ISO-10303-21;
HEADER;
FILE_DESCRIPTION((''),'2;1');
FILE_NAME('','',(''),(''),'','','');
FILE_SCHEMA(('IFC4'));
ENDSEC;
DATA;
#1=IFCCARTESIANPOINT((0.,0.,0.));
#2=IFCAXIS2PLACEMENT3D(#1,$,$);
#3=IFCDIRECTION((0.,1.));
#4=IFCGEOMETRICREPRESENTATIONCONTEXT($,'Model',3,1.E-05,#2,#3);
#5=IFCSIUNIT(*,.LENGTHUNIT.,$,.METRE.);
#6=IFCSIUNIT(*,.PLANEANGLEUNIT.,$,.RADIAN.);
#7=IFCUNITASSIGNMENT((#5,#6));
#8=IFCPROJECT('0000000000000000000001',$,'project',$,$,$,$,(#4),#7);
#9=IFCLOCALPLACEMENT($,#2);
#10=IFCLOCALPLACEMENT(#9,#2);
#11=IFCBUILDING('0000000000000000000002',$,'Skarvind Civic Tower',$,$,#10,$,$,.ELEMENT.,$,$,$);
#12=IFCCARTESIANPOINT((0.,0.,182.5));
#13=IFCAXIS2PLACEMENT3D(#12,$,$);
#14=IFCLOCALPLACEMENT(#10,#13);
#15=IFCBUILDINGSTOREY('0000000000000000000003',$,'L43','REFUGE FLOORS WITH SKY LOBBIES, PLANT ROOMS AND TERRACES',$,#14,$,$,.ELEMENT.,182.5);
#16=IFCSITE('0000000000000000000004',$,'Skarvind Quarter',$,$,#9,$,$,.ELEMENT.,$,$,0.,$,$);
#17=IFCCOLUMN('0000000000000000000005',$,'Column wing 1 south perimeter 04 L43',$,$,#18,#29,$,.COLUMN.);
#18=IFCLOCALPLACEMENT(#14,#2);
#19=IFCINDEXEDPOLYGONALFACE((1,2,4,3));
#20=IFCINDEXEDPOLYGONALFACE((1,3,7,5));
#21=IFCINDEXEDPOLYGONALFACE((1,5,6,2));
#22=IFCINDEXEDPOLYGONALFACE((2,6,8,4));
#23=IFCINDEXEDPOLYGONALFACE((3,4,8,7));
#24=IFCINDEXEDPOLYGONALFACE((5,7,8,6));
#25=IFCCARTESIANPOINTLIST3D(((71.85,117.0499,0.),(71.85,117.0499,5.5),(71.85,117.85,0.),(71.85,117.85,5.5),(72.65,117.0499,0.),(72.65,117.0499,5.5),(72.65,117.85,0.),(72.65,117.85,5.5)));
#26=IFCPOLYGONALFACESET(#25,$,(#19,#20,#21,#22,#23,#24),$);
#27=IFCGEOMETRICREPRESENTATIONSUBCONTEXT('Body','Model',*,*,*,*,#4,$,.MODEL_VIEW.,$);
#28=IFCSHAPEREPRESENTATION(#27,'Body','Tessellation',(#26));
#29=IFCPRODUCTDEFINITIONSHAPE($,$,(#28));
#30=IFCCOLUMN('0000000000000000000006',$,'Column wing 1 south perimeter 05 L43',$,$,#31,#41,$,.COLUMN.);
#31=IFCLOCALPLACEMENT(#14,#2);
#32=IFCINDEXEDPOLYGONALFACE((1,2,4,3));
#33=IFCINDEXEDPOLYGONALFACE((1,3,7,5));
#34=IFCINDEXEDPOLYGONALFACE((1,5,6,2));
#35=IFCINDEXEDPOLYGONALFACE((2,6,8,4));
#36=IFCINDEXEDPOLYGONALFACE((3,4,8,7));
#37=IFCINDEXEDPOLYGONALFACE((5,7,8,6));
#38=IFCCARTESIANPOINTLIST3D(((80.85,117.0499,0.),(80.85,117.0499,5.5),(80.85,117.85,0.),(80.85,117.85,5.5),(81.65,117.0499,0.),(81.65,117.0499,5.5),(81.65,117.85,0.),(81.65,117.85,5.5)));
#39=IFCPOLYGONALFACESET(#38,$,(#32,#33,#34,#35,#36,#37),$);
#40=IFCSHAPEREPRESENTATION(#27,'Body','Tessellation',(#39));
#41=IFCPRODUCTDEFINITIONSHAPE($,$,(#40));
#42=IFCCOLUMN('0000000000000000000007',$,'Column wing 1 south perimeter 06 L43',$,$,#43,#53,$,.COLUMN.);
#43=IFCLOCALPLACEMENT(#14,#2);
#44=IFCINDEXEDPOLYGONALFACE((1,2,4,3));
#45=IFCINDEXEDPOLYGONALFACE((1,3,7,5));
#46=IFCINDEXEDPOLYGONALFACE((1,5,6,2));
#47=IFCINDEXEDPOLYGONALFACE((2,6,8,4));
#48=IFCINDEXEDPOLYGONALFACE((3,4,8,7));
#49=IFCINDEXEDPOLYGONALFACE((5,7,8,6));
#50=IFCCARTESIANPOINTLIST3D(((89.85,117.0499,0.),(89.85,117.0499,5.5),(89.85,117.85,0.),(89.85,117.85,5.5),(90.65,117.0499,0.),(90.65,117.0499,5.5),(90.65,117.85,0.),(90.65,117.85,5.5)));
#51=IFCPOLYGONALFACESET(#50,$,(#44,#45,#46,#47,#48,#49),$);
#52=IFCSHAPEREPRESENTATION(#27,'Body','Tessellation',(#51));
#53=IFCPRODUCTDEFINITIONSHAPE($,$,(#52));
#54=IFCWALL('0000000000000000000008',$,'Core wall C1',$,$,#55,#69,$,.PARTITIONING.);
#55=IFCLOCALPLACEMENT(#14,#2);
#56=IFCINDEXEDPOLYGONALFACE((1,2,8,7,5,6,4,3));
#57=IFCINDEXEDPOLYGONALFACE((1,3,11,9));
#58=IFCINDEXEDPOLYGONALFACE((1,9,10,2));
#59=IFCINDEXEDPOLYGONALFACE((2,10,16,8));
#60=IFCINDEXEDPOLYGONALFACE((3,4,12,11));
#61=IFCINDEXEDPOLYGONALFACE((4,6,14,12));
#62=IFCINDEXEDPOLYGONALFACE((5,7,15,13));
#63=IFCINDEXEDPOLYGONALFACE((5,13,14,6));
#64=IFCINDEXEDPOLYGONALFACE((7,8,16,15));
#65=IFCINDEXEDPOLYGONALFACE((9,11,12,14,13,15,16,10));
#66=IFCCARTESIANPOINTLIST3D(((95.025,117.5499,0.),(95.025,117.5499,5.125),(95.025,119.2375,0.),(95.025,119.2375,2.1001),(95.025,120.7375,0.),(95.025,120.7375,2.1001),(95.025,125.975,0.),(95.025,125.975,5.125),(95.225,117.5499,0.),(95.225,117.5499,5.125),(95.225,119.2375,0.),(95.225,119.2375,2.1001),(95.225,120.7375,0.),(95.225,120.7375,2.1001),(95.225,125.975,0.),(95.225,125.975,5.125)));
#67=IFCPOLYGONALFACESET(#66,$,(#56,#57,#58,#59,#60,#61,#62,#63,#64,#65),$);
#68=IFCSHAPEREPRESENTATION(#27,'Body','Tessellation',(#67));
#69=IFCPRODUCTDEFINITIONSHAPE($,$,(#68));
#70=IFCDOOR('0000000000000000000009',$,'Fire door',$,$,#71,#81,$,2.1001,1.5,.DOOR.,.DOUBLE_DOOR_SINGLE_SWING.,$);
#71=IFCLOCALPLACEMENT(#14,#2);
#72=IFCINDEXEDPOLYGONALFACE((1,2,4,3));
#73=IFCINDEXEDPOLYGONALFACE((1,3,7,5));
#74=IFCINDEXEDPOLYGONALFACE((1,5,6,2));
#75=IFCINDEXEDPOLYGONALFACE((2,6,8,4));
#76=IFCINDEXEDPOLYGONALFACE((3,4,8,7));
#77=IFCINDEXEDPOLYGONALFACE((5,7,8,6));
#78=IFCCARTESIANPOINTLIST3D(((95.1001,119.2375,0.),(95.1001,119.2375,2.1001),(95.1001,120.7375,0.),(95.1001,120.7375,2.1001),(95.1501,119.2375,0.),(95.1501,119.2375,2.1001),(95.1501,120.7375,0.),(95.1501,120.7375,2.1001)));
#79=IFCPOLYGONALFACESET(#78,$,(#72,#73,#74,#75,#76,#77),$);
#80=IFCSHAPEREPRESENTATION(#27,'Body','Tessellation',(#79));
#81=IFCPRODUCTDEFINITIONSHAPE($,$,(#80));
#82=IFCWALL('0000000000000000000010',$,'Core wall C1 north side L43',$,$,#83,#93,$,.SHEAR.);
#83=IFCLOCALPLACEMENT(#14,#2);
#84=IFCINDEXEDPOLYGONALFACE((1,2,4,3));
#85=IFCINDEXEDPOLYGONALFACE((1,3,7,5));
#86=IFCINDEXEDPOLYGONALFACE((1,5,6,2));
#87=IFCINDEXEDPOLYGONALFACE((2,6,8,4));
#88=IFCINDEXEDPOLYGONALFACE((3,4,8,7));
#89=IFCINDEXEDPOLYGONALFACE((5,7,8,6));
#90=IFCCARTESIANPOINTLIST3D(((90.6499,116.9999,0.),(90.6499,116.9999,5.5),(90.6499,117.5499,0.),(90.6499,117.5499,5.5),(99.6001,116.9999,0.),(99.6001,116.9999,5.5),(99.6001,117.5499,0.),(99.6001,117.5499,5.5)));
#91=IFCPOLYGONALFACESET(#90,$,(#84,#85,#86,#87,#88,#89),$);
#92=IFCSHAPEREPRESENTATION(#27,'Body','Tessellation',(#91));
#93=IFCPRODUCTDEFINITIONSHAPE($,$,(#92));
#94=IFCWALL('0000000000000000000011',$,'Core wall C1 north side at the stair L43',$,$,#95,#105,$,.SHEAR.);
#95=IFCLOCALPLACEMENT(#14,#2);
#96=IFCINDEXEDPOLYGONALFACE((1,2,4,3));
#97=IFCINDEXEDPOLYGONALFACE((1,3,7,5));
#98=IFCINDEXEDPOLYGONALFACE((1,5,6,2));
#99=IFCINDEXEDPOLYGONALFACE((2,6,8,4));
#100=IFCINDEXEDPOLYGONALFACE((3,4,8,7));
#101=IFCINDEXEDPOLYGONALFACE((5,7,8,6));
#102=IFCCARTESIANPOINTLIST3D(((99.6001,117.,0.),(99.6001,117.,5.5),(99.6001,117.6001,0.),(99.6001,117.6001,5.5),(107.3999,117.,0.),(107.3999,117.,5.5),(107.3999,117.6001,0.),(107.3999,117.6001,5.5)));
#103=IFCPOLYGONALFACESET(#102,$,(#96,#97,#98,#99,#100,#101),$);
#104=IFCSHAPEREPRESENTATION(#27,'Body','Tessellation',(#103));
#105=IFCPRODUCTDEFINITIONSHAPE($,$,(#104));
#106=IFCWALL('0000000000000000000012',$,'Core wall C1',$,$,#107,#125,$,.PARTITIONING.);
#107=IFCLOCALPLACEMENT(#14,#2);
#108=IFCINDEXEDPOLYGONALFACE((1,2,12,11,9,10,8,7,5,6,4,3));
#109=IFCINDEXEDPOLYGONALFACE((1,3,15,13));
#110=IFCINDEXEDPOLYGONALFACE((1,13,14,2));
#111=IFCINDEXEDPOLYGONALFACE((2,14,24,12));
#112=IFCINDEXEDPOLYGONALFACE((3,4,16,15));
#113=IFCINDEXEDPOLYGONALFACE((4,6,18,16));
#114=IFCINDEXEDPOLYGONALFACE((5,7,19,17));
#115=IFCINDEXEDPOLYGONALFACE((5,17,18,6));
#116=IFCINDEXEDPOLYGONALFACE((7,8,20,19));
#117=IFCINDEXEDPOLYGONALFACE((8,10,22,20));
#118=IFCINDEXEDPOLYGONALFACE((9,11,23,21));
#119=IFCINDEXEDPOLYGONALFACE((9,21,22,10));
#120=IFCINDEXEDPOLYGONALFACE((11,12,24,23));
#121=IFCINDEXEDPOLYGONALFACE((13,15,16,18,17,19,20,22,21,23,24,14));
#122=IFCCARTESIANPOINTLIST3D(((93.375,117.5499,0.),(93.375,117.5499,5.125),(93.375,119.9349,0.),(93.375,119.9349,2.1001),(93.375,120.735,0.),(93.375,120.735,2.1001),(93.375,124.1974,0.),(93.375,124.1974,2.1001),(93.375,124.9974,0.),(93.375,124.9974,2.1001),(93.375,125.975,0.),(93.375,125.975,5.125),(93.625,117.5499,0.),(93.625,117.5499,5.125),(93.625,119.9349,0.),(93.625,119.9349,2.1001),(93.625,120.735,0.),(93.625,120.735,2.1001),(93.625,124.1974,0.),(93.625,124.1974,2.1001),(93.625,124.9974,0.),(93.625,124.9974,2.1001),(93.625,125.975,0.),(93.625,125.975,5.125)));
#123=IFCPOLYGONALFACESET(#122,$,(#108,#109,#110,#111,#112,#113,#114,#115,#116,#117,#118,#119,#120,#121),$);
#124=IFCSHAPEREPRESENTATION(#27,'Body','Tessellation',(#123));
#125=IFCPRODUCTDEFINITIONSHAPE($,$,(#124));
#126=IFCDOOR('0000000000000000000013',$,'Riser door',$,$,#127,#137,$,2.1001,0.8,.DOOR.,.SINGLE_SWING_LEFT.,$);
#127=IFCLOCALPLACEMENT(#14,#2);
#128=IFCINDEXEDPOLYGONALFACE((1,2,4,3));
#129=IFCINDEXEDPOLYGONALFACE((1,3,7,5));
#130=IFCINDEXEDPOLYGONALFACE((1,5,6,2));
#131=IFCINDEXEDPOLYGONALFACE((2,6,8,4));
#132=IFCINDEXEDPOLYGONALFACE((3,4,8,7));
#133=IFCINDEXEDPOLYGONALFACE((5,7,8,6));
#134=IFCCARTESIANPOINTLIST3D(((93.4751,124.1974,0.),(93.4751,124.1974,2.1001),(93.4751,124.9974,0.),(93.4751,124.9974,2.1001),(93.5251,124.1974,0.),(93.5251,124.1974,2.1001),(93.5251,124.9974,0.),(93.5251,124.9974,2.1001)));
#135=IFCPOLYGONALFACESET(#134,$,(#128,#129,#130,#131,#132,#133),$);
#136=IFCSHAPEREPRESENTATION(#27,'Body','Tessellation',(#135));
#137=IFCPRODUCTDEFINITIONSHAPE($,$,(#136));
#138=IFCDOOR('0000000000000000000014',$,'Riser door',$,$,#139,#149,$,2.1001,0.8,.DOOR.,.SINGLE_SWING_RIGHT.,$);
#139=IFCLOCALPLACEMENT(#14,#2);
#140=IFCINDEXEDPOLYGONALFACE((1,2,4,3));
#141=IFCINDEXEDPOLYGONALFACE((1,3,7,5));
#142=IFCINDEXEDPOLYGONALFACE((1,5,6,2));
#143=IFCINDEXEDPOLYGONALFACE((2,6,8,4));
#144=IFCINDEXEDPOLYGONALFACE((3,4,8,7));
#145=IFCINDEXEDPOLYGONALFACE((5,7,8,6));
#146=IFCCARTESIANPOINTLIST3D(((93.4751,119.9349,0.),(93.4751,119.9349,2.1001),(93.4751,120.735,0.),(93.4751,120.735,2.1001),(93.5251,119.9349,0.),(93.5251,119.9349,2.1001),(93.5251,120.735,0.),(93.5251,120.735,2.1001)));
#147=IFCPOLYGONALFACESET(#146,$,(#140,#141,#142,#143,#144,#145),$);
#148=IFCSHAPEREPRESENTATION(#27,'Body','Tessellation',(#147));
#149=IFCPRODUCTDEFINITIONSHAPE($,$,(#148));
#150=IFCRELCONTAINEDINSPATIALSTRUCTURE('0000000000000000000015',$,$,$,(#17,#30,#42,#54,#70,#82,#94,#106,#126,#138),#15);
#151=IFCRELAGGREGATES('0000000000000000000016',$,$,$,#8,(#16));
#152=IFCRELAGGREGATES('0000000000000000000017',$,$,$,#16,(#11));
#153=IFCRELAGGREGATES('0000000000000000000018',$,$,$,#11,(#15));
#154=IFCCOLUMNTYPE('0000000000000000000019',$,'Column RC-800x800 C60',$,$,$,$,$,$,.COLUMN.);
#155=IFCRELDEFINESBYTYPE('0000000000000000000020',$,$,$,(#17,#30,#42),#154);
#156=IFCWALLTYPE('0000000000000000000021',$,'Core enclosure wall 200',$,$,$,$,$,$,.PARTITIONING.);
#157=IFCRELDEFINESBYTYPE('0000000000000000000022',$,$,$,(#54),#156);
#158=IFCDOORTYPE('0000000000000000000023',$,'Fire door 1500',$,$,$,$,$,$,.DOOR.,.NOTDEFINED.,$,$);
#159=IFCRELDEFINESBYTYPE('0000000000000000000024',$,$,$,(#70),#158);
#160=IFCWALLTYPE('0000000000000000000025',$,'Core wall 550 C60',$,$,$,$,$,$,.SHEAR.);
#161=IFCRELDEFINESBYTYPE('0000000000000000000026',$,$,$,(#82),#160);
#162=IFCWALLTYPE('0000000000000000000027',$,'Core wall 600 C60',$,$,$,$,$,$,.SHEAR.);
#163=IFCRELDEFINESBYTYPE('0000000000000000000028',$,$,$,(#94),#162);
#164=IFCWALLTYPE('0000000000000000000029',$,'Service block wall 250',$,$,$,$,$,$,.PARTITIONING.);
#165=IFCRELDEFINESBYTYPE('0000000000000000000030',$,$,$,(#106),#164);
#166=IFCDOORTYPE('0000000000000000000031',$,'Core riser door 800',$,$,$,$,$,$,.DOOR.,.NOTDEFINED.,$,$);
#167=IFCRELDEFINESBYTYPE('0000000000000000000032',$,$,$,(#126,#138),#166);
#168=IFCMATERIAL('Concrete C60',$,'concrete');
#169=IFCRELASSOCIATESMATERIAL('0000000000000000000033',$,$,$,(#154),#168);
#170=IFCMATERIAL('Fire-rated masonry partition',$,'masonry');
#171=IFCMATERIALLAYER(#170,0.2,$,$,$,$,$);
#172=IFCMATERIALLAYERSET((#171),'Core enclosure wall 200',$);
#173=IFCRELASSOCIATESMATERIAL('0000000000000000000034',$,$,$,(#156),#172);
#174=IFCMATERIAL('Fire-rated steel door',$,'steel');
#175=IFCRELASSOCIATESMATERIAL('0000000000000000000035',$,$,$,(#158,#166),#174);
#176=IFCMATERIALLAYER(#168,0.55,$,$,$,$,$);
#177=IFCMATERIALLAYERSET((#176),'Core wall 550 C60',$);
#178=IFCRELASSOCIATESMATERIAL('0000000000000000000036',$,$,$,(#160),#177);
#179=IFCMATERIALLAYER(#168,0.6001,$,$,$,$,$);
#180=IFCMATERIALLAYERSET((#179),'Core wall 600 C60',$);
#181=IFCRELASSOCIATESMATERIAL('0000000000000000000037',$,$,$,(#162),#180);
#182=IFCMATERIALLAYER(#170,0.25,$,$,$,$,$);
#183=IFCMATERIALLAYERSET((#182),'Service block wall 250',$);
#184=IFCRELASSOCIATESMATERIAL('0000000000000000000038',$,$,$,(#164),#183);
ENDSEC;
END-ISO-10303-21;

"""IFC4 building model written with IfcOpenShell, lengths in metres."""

from ifc_helpers import new_model, si_unit, direction, frame, frame_2d, origin, origin_2d, place, context, subcontext, project, spatial, rectangle, extrude, material, layer, layer_set, material_profile, profile_set, type_object, element, fill, save


model = new_model("IFC4")

# Units and contexts
model_context = context("Model", 3, precision=1e-05, world=origin(), true_north=direction((0.0, 1.0)))
body_context = subcontext(model_context, "Body", "Model", "MODEL_VIEW")
ifc_project = project(units=[si_unit("LENGTHUNIT", "METRE"), si_unit("PLANEANGLEUNIT", "RADIAN")], contexts=[model_context])

# Site, building, storey
site_placement = place(None, origin())
site = spatial("IfcSite", under=ifc_project, at=site_placement, Name="Skarvind Quarter", CompositionType="ELEMENT", RefElevation=0.0)
building_placement = place(site_placement, origin())
building = spatial("IfcBuilding", under=site, at=building_placement, Name="Skarvind Civic Tower", CompositionType="ELEMENT")
storey_placement = place(building_placement, frame((0.0, 0.0, 182.5)))
storey = spatial("IfcBuildingStorey", under=building, at=storey_placement, Name="L43", Description="REFUGE FLOORS WITH SKY LOBBIES, PLANT ROOMS AND TERRACES", CompositionType="ELEMENT", Elevation=182.5)

# Columns
ifc_material_1 = material(Name="Concrete C60", Category="concrete")
ifc_material_profile = material_profile(ifc_material_1, rectangle(XDim=0.8, YDim=0.8, at=origin_2d()), Name="RC-800x800")
ifc_profile_set = profile_set([ifc_material_profile], Name="Concrete C60")
column_type = type_object("IfcColumnType", Name="Column RC-800x800 C60", PredefinedType="COLUMN", material=ifc_profile_set)
for number, where, z_axis, x_axis, name in (
    (1, (72.25, 117.45, 0.0), (0.0, 0.0, 1.0), (1.0, 0.0, 0.0), "Column wing 1 south perimeter 04 L43"),
    (2, (81.25, 117.45, 0.0), (0.0, 0.0, 1.0), (1.0, 0.0, 0.0), "Column wing 1 south perimeter 05 L43"),
    (3, (90.25, 117.45, 0.0), (0.0, 0.0, 1.0), (1.0, 0.0, 0.0), "Column wing 1 south perimeter 06 L43"),
):
    element("IfcColumn", number, at=place(storey_placement, frame(where, z_axis=z_axis, x_axis=x_axis)), inside=storey, type_object=column_type, Name=name, PredefinedType="COLUMN", context=body_context, shape_type="SweptSolid", body=[
        extrude(rectangle(XDim=0.8, YDim=0.8, at=origin_2d()), origin(), (0.0, 0.0, 1.0), 5.5),
    ])

# Wall, opening, door
ifc_material_2 = material(Name="Fire-rated masonry partition", Category="masonry")
ifc_layer_1 = layer(ifc_material_2, 0.2)
ifc_layer_set_1 = layer_set([ifc_layer_1], Name="Core enclosure wall 200")
wall_type_1 = type_object("IfcWallType", Name="Core enclosure wall 200", PredefinedType="PARTITIONING", material=ifc_layer_set_1)
wall_1_placement = place(storey_placement, frame((95.125, 117.55, 0.0), z_axis=(0.0, 0.0, 1.0), x_axis=(0.0, 1.0, 0.0)))
wall_1 = element("IfcWall", 4, at=wall_1_placement, inside=storey, type_object=wall_type_1, Name="Core wall C1", PredefinedType="PARTITIONING", context=body_context, shape_type="SweptSolid", body=[
    extrude(rectangle(XDim=8.425, YDim=0.2, at=frame_2d((4.2124, 0.0))), origin(), (0.0, 0.0, 1.0), 5.125),
])
opening_1_placement = place(wall_1_placement, frame((1.6875, 0.0, 0.0)))
opening_1 = element("IfcOpeningElement", 5, at=opening_1_placement, cuts=wall_1, PredefinedType="OPENING", context=body_context, shape_type="SweptSolid", body=[
    extrude(rectangle(XDim=1.5, YDim=2.1001, at=frame_2d((0.75, 1.05))), frame((0.0, 0.1099, 0.0), z_axis=(0.0, -1.0, 0.0), x_axis=(1.0, 0.0, 0.0)), (0.0, 0.0, 1.0), 0.22),
])
ifc_material_3 = material(Name="Fire-rated steel door", Category="steel")
door_type_1 = type_object("IfcDoorType", Name="Fire door 1500", OperationType="NOTDEFINED", PredefinedType="DOOR", material=ifc_material_3)
door_1_placement = place(opening_1_placement, origin())
door_1 = element("IfcDoor", 6, at=door_1_placement, inside=storey, type_object=door_type_1, Name="Fire door", OperationType="DOUBLE_DOOR_SINGLE_SWING", OverallHeight=2.1001, OverallWidth=1.5, PredefinedType="DOOR", context=body_context, shape_type="SweptSolid", body=[
    extrude(rectangle(XDim=1.5, YDim=2.1001, at=frame_2d((0.75, 1.05))), frame((0.0, 0.0249, 0.0), z_axis=(0.0, -1.0, 0.0), x_axis=(1.0, 0.0, 0.0)), (0.0, 0.0, 1.0), 0.05),
])
fill(opening_1, door_1)

# Walls
ifc_layer_2 = layer(ifc_material_1, 0.55)
ifc_layer_set_2 = layer_set([ifc_layer_2], Name="Core wall 550 C60")
wall_type_2 = type_object("IfcWallType", Name="Core wall 550 C60", PredefinedType="SHEAR", material=ifc_layer_set_2)
wall_2_placement = place(storey_placement, frame((99.6001, 117.2749, 0.0), z_axis=(0.0, 0.0, 1.0), x_axis=(-1.0, 0.0, 0.0)))
element("IfcWall", 7, at=wall_2_placement, inside=storey, type_object=wall_type_2, Name="Core wall C1 north side L43", PredefinedType="SHEAR", context=body_context, shape_type="SweptSolid", body=[
    extrude(rectangle(XDim=8.9502, YDim=0.55, at=frame_2d((4.4751, 0.0))), origin(), (0.0, 0.0, 1.0), 5.5),
])
ifc_layer_3 = layer(ifc_material_1, 0.6001)
ifc_layer_set_3 = layer_set([ifc_layer_3], Name="Core wall 600 C60")
wall_type_3 = type_object("IfcWallType", Name="Core wall 600 C60", PredefinedType="SHEAR", material=ifc_layer_set_3)
wall_3_placement = place(storey_placement, frame((107.3999, 117.3, 0.0), z_axis=(0.0, 0.0, 1.0), x_axis=(-1.0, 0.0, 0.0)))
element("IfcWall", 8, at=wall_3_placement, inside=storey, type_object=wall_type_3, Name="Core wall C1 north side at the stair L43", PredefinedType="SHEAR", context=body_context, shape_type="SweptSolid", body=[
    extrude(rectangle(XDim=7.7998, YDim=0.6001, at=frame_2d((3.8999, 0.0))), origin(), (0.0, 0.0, 1.0), 5.5),
])

# Wall, openings, doors
ifc_layer_4 = layer(ifc_material_2, 0.25)
ifc_layer_set_4 = layer_set([ifc_layer_4], Name="Service block wall 250")
wall_type_4 = type_object("IfcWallType", Name="Service block wall 250", PredefinedType="PARTITIONING", material=ifc_layer_set_4)
wall_4_placement = place(storey_placement, frame((93.5, 117.55, 0.0), z_axis=(0.0, 0.0, 1.0), x_axis=(0.0, 1.0, 0.0)))
wall_4 = element("IfcWall", 9, at=wall_4_placement, inside=storey, type_object=wall_type_4, Name="Core wall C1", PredefinedType="PARTITIONING", context=body_context, shape_type="SweptSolid", body=[
    extrude(rectangle(XDim=8.425, YDim=0.25, at=frame_2d((4.2124, 0.0))), origin(), (0.0, 0.0, 1.0), 5.125),
])
opening_2_placement = place(wall_4_placement, frame((6.6475, 0.0, 0.0)))
opening_2 = element("IfcOpeningElement", 10, at=opening_2_placement, cuts=wall_4, PredefinedType="OPENING", context=body_context, shape_type="SweptSolid", body=[
    extrude(rectangle(XDim=0.8, YDim=2.1001, at=frame_2d((0.3999, 1.05))), frame((0.0, 0.135, 0.0), z_axis=(0.0, -1.0, 0.0), x_axis=(1.0, 0.0, 0.0)), (0.0, 0.0, 1.0), 0.27),
])
opening_3_placement = place(wall_4_placement, frame((2.385, 0.0, 0.0)))
opening_3 = element("IfcOpeningElement", 11, at=opening_3_placement, cuts=wall_4, PredefinedType="OPENING", context=body_context, shape_type="SweptSolid", body=[
    extrude(rectangle(XDim=0.8, YDim=2.1001, at=frame_2d((0.3999, 1.05))), frame((0.0, 0.135, 0.0), z_axis=(0.0, -1.0, 0.0), x_axis=(1.0, 0.0, 0.0)), (0.0, 0.0, 1.0), 0.27),
])
door_type_2 = type_object("IfcDoorType", Name="Core riser door 800", OperationType="NOTDEFINED", PredefinedType="DOOR", material=ifc_material_3)
door_2_placement = place(opening_2_placement, origin())
door_2 = element("IfcDoor", 12, at=door_2_placement, inside=storey, type_object=door_type_2, Name="Riser door", OperationType="SINGLE_SWING_LEFT", OverallHeight=2.1001, OverallWidth=0.8, PredefinedType="DOOR", context=body_context, shape_type="SweptSolid", body=[
    extrude(rectangle(XDim=0.8, YDim=2.1001, at=frame_2d((0.3999, 1.05))), frame((0.0, 0.0249, 0.0), z_axis=(0.0, -1.0, 0.0), x_axis=(1.0, 0.0, 0.0)), (0.0, 0.0, 1.0), 0.05),
])
fill(opening_2, door_2)
door_3_placement = place(opening_3_placement, origin())
door_3 = element("IfcDoor", 13, at=door_3_placement, inside=storey, type_object=door_type_2, Name="Riser door", OperationType="SINGLE_SWING_RIGHT", OverallHeight=2.1001, OverallWidth=0.8, PredefinedType="DOOR", context=body_context, shape_type="SweptSolid", body=[
    extrude(rectangle(XDim=0.8, YDim=2.1001, at=frame_2d((0.3999, 1.05))), frame((0.0, 0.0249, 0.0), z_axis=(0.0, -1.0, 0.0), x_axis=(1.0, 0.0, 0.0)), (0.0, 0.0, 1.0), 0.05),
])
fill(opening_3, door_3)

save(model, "model.ifc")
